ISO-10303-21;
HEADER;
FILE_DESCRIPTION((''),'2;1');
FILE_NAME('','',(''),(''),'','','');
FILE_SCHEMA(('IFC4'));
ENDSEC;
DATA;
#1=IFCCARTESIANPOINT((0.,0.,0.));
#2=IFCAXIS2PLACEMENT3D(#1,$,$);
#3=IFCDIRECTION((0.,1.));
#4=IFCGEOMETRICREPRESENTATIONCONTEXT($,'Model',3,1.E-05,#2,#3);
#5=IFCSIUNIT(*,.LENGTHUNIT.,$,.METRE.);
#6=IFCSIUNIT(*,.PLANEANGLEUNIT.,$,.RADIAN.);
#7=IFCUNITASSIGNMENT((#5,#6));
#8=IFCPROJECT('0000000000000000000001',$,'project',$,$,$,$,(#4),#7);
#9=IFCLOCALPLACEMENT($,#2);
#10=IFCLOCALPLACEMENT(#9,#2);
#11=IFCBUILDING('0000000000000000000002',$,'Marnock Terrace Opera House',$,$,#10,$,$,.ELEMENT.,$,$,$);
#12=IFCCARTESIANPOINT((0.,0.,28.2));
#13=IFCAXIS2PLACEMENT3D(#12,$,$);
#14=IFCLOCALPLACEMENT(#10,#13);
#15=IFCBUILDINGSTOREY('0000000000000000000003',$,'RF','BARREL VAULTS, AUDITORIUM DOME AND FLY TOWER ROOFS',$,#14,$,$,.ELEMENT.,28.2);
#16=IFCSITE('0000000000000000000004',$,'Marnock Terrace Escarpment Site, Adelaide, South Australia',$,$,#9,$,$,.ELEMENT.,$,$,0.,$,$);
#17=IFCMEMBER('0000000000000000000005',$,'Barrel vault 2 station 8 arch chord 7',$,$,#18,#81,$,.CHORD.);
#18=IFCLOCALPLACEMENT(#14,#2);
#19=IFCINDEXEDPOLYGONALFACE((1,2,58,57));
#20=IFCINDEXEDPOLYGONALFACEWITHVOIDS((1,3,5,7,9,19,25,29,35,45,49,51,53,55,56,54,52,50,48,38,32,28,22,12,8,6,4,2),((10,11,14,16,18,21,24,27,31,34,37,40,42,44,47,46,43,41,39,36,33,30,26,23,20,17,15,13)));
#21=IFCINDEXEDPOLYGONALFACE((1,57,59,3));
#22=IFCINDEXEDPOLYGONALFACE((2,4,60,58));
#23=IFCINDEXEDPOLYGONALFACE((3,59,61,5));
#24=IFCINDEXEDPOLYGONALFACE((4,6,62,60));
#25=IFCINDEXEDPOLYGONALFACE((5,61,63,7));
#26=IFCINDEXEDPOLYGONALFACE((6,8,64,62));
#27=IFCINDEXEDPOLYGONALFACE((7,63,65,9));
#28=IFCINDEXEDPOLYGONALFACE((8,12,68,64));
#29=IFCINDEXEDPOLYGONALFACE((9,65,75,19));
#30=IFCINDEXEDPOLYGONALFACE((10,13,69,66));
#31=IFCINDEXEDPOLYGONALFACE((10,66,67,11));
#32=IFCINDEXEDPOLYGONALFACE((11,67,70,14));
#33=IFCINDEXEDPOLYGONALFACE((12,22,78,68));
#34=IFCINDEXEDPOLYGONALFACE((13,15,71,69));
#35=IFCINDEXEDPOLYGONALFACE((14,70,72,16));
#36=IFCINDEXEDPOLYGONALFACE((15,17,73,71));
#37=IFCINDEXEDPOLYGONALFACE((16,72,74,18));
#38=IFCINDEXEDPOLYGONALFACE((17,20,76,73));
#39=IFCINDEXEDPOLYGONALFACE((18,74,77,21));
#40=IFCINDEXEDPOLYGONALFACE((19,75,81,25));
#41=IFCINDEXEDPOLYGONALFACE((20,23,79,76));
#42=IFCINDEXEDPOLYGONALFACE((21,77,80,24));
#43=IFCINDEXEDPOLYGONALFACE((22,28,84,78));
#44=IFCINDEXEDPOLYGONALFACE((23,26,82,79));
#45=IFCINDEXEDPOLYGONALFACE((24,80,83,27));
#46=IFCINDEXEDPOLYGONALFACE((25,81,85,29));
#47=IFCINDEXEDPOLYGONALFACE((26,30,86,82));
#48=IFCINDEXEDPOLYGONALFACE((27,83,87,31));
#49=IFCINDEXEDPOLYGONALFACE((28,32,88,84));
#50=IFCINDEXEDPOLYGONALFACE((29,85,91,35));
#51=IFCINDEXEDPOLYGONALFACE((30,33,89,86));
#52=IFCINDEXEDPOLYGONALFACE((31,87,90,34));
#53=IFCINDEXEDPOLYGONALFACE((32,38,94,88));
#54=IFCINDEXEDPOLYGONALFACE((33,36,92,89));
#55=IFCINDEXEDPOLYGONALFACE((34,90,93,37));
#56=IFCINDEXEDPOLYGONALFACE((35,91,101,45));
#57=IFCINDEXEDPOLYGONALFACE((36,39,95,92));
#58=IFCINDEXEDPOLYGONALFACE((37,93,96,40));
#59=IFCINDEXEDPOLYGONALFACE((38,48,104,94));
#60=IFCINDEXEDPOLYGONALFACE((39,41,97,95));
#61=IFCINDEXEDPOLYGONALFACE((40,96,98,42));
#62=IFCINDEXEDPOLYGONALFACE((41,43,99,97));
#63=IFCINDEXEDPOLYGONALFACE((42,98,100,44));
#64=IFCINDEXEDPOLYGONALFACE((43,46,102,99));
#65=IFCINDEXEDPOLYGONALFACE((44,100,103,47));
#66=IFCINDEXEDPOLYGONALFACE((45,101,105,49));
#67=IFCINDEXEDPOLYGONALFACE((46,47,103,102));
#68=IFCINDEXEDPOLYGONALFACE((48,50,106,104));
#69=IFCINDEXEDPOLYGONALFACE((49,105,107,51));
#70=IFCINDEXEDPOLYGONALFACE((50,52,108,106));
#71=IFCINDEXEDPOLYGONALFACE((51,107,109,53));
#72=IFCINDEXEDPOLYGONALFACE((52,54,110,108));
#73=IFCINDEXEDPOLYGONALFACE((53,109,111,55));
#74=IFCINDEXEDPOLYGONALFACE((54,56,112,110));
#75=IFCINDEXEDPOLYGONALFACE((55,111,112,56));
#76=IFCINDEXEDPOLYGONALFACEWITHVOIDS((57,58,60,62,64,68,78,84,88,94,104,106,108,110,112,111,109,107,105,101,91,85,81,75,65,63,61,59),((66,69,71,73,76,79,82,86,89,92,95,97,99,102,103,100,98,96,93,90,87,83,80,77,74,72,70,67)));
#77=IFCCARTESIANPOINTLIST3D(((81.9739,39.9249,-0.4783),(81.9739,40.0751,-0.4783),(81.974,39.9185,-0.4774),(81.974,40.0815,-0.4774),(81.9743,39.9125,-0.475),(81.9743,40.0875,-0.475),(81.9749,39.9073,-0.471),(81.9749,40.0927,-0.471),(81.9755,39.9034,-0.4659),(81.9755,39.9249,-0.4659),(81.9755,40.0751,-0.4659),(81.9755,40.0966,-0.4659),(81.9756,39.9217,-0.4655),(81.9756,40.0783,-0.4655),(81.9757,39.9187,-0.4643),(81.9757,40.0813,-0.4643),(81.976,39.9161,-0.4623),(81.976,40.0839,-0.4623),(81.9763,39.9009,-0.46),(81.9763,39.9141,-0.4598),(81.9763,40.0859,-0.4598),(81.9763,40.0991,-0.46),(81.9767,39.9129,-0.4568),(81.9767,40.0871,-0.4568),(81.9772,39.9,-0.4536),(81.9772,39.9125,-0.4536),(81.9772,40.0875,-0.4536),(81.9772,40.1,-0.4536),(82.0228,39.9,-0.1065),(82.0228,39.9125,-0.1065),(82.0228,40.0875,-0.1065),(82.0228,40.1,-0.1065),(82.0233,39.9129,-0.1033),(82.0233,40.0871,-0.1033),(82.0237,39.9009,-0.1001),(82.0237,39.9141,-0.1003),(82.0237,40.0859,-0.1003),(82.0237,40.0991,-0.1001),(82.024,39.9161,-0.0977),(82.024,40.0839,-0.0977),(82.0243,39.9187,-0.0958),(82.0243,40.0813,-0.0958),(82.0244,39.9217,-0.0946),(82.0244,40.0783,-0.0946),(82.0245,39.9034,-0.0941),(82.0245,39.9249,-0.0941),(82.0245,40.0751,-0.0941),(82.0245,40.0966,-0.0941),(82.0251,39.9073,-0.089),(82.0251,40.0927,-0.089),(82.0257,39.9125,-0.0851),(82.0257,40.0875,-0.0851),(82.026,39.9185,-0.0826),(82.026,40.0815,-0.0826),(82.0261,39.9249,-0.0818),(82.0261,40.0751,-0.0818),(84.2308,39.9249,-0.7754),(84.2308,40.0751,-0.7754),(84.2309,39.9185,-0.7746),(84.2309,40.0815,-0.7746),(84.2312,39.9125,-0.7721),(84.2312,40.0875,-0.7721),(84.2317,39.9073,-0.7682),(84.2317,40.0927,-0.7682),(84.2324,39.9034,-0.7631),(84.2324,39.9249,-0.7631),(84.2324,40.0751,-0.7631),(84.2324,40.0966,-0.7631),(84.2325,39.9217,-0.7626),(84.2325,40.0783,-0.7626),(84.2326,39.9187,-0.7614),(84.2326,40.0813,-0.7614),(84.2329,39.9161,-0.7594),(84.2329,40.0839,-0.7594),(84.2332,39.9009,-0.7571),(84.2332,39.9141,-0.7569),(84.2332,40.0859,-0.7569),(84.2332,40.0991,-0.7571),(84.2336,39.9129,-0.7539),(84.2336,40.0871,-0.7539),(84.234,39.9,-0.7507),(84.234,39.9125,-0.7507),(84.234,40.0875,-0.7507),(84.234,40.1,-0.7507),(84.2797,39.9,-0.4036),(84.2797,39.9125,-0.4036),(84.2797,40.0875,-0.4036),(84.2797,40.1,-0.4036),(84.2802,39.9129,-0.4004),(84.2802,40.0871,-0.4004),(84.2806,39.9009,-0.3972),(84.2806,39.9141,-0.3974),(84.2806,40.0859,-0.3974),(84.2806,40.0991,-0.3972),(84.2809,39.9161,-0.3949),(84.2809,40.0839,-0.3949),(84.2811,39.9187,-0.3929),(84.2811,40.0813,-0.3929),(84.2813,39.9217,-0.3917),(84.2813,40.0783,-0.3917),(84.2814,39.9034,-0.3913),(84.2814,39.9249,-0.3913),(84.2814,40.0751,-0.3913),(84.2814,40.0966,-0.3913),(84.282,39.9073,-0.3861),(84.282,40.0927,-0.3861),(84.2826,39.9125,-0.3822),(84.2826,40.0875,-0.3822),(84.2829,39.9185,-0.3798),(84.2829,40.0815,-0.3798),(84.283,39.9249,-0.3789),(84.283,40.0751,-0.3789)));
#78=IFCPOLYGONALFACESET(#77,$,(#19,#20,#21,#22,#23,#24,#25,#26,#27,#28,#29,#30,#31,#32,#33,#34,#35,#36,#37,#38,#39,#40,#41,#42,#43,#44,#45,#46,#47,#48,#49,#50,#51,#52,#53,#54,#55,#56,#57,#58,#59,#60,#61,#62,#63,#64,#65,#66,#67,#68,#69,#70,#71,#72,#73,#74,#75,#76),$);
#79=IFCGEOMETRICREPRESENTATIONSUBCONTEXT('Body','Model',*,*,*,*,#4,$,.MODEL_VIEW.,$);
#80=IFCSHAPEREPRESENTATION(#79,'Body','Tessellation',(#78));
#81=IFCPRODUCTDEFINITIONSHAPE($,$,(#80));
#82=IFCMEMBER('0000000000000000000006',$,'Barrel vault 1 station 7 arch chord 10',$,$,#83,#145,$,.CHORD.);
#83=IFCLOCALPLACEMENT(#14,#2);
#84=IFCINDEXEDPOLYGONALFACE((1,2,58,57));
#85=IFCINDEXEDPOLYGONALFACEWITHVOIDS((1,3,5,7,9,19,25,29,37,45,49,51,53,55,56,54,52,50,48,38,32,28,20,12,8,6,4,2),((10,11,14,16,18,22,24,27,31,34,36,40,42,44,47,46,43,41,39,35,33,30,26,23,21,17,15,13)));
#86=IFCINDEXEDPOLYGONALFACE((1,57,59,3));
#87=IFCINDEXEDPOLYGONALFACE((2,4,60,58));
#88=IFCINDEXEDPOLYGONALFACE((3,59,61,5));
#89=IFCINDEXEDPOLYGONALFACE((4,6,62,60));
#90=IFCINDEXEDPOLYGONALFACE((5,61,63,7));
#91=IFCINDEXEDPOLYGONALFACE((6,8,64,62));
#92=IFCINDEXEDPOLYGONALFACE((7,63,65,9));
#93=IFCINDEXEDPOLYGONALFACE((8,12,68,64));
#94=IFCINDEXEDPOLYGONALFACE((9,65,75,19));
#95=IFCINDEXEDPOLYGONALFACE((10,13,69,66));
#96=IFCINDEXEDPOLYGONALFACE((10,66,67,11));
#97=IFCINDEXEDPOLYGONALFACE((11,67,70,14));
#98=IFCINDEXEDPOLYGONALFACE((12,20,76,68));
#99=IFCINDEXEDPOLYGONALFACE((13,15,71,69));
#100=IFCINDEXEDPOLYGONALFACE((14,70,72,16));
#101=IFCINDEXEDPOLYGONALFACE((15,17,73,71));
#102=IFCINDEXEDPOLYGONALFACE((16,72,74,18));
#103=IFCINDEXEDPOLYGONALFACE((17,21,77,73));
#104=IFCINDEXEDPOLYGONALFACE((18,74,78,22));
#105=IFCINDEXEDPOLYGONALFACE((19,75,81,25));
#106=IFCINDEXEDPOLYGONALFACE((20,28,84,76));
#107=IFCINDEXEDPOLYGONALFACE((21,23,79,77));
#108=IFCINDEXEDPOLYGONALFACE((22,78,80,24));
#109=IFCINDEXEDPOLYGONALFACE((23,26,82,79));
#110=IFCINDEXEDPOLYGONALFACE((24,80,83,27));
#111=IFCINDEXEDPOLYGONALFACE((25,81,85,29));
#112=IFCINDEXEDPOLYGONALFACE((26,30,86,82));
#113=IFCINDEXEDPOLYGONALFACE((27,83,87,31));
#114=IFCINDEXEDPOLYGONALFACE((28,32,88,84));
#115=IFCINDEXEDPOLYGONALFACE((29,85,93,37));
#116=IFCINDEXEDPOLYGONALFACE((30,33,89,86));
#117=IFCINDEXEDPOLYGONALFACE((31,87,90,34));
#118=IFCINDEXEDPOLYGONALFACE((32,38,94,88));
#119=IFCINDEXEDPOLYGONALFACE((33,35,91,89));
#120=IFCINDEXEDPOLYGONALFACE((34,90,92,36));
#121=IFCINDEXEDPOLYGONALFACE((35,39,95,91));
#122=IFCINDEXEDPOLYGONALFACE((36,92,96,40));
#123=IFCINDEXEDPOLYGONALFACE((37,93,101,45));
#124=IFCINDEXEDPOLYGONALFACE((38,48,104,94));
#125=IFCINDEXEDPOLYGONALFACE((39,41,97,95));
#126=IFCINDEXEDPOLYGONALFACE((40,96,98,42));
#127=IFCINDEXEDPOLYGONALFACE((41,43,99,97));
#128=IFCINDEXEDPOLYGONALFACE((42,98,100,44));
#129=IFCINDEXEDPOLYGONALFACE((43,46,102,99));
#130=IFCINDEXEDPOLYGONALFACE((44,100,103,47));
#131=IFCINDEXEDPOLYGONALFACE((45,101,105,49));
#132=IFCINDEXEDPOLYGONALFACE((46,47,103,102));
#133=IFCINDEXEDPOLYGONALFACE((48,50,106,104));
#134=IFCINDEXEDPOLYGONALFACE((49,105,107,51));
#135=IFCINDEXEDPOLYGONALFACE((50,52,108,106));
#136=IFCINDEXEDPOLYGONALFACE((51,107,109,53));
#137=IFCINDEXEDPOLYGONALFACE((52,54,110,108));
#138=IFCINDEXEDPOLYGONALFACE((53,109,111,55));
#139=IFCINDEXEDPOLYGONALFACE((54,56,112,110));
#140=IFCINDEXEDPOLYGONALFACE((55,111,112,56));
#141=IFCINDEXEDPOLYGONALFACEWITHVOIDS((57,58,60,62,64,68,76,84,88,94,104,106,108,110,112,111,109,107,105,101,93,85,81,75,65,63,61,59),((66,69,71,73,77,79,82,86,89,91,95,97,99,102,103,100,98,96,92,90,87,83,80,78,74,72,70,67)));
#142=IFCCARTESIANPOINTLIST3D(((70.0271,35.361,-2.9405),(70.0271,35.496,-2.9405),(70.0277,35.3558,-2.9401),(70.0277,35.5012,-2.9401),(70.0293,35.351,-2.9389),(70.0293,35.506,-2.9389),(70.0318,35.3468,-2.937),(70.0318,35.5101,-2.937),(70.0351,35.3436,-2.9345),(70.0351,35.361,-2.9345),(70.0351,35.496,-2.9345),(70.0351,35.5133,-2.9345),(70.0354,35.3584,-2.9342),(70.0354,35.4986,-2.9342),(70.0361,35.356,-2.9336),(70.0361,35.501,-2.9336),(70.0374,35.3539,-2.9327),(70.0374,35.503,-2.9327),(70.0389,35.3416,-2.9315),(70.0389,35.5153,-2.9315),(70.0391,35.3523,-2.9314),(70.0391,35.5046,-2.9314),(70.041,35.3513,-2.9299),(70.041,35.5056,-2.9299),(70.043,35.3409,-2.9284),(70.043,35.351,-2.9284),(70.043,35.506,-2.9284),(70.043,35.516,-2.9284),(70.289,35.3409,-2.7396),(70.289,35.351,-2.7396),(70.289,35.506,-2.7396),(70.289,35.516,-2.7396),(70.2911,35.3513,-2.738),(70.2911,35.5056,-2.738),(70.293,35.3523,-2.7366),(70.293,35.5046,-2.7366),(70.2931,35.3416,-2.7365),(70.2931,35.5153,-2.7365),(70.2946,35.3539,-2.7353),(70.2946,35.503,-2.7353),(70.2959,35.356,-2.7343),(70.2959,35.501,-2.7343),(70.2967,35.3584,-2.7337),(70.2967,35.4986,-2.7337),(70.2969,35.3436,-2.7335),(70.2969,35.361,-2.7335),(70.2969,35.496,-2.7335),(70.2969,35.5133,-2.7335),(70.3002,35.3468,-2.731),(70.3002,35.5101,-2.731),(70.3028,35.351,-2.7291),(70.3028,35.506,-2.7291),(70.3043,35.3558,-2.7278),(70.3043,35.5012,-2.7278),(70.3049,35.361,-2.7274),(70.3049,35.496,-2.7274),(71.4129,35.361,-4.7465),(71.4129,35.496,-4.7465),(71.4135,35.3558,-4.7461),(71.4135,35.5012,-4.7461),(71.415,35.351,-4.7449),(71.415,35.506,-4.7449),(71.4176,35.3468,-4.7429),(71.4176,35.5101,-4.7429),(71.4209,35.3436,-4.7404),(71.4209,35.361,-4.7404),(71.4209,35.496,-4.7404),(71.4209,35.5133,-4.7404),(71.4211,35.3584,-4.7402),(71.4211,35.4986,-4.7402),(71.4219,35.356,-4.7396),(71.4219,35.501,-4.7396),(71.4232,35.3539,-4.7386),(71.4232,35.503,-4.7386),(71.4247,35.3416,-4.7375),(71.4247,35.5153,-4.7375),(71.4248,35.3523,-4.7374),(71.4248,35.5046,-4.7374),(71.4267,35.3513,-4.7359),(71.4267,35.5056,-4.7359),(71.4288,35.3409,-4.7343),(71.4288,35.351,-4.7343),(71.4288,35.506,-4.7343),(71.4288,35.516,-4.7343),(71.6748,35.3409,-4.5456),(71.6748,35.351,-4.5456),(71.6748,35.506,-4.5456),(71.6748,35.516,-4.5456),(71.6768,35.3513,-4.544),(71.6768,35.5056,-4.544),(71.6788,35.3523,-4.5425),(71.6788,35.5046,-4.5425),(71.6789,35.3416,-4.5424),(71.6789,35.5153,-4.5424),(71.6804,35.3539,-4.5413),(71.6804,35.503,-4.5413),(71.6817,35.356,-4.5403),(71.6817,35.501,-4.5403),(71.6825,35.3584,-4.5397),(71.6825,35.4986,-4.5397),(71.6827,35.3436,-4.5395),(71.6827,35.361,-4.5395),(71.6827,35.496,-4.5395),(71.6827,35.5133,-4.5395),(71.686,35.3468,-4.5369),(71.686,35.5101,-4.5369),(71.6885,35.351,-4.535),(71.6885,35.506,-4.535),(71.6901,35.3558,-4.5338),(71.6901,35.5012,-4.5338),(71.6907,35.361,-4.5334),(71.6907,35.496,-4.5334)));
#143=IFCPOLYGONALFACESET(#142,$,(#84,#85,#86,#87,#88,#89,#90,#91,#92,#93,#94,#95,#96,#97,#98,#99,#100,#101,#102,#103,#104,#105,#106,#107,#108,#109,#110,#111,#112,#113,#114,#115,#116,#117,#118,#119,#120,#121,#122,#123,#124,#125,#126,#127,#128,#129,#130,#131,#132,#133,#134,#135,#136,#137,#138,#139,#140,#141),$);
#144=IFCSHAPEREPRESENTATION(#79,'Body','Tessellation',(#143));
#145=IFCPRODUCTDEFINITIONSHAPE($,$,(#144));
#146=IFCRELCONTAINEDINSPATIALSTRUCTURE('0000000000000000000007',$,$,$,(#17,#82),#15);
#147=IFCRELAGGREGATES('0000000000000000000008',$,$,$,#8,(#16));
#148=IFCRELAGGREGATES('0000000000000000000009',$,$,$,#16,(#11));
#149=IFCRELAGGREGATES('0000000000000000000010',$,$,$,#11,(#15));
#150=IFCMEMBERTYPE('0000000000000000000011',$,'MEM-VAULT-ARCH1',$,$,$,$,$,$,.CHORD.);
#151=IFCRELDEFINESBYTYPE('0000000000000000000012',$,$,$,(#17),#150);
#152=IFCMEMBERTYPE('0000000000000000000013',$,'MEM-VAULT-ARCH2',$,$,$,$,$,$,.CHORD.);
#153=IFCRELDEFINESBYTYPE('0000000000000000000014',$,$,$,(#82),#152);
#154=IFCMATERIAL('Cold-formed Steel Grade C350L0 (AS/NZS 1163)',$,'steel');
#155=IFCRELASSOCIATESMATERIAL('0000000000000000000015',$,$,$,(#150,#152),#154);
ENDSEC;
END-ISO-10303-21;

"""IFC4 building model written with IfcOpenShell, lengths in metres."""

from ifc_helpers import new_model, si_unit, direction, frame, origin, origin_2d, place, context, subcontext, project, spatial, hollow_rectangle, extrude, material, material_profile, profile_set, type_object, element, save


model = new_model("IFC4")

# Units and contexts
model_context = context("Model", 3, precision=1e-05, world=origin(), true_north=direction((0.0, 1.0)))
body_context = subcontext(model_context, "Body", "Model", "MODEL_VIEW")
ifc_project = project(units=[si_unit("LENGTHUNIT", "METRE"), si_unit("PLANEANGLEUNIT", "RADIAN")], contexts=[model_context])

# Site, building, storey
site_placement = place(None, origin())
site = spatial("IfcSite", under=ifc_project, at=site_placement, Name="Marnock Terrace Escarpment Site, Adelaide, South Australia", CompositionType="ELEMENT", RefElevation=0.0)
building_placement = place(site_placement, origin())
building = spatial("IfcBuilding", under=site, at=building_placement, Name="Marnock Terrace Opera House", CompositionType="ELEMENT")
storey_placement = place(building_placement, frame((0.0, 0.0, 28.2)))
storey = spatial("IfcBuildingStorey", under=building, at=storey_placement, Name="RF", Description="BARREL VAULTS, AUDITORIUM DOME AND FLY TOWER ROOFS", CompositionType="ELEMENT", Elevation=28.2)

# Members
ifc_material_1 = material(Name="Cold-formed Steel Grade C350L0 (AS/NZS 1163)", Category="steel")
ifc_material_profile_1 = material_profile(ifc_material_1, hollow_rectangle(XDim=0.2, YDim=0.3999, WallThickness=0.0125, InnerFilletRadius=0.0125, OuterFilletRadius=0.0249, at=origin_2d()))
ifc_profile_set_1 = profile_set([ifc_material_profile_1], Name="Cold-formed Steel Grade C350L0 (AS/NZS 1163)")
member_type_1 = type_object("IfcMemberType", Name="MEM-VAULT-ARCH1", PredefinedType="CHORD", material=ifc_profile_set_1)
for number, where, z_axis, x_axis, name in (
    (1, (82.0, 40.0, -0.28), (0.991445, 0.0, -0.130527), (0.0, 1.0, 0.0), "Barrel vault 2 station 8 arch chord 7"),
):
    element("IfcMember", number, at=place(storey_placement, frame(where, z_axis=z_axis, x_axis=x_axis)), inside=storey, type_object=member_type_1, Name=name, PredefinedType="CHORD", context=body_context, shape_type="SweptSolid", body=[
        extrude(hollow_rectangle(XDim=0.2, YDim=0.3999, WallThickness=0.0125, InnerFilletRadius=0.0125, OuterFilletRadius=0.0249, at=origin_2d()), origin(), (0.0, 0.0, 1.0), 2.2764),
    ])
ifc_material_profile_2 = material_profile(ifc_material_1, hollow_rectangle(XDim=0.175, YDim=0.3501, WallThickness=0.01, InnerFilletRadius=0.01, OuterFilletRadius=0.02, at=origin_2d()))
ifc_profile_set_2 = profile_set([ifc_material_profile_2], Name="Cold-formed Steel Grade C350L0 (AS/NZS 1163)")
member_type_2 = type_object("IfcMemberType", Name="MEM-VAULT-ARCH2", PredefinedType="CHORD", material=ifc_profile_set_2)
member_1_placement = place(storey_placement, frame((70.166, 35.4285, -2.834), z_axis=(0.608767, 0.0, -0.793349), x_axis=(0.0, 1.0, 0.0)))
element("IfcMember", 2, at=member_1_placement, inside=storey, type_object=member_type_2, Name="Barrel vault 1 station 7 arch chord 10", PredefinedType="CHORD", context=body_context, shape_type="SweptSolid", body=[
    extrude(hollow_rectangle(XDim=0.175, YDim=0.3501, WallThickness=0.01, InnerFilletRadius=0.01, OuterFilletRadius=0.02, at=origin_2d()), origin(), (0.0, 0.0, 1.0), 2.2764),
])

save(model, "model.ifc")
